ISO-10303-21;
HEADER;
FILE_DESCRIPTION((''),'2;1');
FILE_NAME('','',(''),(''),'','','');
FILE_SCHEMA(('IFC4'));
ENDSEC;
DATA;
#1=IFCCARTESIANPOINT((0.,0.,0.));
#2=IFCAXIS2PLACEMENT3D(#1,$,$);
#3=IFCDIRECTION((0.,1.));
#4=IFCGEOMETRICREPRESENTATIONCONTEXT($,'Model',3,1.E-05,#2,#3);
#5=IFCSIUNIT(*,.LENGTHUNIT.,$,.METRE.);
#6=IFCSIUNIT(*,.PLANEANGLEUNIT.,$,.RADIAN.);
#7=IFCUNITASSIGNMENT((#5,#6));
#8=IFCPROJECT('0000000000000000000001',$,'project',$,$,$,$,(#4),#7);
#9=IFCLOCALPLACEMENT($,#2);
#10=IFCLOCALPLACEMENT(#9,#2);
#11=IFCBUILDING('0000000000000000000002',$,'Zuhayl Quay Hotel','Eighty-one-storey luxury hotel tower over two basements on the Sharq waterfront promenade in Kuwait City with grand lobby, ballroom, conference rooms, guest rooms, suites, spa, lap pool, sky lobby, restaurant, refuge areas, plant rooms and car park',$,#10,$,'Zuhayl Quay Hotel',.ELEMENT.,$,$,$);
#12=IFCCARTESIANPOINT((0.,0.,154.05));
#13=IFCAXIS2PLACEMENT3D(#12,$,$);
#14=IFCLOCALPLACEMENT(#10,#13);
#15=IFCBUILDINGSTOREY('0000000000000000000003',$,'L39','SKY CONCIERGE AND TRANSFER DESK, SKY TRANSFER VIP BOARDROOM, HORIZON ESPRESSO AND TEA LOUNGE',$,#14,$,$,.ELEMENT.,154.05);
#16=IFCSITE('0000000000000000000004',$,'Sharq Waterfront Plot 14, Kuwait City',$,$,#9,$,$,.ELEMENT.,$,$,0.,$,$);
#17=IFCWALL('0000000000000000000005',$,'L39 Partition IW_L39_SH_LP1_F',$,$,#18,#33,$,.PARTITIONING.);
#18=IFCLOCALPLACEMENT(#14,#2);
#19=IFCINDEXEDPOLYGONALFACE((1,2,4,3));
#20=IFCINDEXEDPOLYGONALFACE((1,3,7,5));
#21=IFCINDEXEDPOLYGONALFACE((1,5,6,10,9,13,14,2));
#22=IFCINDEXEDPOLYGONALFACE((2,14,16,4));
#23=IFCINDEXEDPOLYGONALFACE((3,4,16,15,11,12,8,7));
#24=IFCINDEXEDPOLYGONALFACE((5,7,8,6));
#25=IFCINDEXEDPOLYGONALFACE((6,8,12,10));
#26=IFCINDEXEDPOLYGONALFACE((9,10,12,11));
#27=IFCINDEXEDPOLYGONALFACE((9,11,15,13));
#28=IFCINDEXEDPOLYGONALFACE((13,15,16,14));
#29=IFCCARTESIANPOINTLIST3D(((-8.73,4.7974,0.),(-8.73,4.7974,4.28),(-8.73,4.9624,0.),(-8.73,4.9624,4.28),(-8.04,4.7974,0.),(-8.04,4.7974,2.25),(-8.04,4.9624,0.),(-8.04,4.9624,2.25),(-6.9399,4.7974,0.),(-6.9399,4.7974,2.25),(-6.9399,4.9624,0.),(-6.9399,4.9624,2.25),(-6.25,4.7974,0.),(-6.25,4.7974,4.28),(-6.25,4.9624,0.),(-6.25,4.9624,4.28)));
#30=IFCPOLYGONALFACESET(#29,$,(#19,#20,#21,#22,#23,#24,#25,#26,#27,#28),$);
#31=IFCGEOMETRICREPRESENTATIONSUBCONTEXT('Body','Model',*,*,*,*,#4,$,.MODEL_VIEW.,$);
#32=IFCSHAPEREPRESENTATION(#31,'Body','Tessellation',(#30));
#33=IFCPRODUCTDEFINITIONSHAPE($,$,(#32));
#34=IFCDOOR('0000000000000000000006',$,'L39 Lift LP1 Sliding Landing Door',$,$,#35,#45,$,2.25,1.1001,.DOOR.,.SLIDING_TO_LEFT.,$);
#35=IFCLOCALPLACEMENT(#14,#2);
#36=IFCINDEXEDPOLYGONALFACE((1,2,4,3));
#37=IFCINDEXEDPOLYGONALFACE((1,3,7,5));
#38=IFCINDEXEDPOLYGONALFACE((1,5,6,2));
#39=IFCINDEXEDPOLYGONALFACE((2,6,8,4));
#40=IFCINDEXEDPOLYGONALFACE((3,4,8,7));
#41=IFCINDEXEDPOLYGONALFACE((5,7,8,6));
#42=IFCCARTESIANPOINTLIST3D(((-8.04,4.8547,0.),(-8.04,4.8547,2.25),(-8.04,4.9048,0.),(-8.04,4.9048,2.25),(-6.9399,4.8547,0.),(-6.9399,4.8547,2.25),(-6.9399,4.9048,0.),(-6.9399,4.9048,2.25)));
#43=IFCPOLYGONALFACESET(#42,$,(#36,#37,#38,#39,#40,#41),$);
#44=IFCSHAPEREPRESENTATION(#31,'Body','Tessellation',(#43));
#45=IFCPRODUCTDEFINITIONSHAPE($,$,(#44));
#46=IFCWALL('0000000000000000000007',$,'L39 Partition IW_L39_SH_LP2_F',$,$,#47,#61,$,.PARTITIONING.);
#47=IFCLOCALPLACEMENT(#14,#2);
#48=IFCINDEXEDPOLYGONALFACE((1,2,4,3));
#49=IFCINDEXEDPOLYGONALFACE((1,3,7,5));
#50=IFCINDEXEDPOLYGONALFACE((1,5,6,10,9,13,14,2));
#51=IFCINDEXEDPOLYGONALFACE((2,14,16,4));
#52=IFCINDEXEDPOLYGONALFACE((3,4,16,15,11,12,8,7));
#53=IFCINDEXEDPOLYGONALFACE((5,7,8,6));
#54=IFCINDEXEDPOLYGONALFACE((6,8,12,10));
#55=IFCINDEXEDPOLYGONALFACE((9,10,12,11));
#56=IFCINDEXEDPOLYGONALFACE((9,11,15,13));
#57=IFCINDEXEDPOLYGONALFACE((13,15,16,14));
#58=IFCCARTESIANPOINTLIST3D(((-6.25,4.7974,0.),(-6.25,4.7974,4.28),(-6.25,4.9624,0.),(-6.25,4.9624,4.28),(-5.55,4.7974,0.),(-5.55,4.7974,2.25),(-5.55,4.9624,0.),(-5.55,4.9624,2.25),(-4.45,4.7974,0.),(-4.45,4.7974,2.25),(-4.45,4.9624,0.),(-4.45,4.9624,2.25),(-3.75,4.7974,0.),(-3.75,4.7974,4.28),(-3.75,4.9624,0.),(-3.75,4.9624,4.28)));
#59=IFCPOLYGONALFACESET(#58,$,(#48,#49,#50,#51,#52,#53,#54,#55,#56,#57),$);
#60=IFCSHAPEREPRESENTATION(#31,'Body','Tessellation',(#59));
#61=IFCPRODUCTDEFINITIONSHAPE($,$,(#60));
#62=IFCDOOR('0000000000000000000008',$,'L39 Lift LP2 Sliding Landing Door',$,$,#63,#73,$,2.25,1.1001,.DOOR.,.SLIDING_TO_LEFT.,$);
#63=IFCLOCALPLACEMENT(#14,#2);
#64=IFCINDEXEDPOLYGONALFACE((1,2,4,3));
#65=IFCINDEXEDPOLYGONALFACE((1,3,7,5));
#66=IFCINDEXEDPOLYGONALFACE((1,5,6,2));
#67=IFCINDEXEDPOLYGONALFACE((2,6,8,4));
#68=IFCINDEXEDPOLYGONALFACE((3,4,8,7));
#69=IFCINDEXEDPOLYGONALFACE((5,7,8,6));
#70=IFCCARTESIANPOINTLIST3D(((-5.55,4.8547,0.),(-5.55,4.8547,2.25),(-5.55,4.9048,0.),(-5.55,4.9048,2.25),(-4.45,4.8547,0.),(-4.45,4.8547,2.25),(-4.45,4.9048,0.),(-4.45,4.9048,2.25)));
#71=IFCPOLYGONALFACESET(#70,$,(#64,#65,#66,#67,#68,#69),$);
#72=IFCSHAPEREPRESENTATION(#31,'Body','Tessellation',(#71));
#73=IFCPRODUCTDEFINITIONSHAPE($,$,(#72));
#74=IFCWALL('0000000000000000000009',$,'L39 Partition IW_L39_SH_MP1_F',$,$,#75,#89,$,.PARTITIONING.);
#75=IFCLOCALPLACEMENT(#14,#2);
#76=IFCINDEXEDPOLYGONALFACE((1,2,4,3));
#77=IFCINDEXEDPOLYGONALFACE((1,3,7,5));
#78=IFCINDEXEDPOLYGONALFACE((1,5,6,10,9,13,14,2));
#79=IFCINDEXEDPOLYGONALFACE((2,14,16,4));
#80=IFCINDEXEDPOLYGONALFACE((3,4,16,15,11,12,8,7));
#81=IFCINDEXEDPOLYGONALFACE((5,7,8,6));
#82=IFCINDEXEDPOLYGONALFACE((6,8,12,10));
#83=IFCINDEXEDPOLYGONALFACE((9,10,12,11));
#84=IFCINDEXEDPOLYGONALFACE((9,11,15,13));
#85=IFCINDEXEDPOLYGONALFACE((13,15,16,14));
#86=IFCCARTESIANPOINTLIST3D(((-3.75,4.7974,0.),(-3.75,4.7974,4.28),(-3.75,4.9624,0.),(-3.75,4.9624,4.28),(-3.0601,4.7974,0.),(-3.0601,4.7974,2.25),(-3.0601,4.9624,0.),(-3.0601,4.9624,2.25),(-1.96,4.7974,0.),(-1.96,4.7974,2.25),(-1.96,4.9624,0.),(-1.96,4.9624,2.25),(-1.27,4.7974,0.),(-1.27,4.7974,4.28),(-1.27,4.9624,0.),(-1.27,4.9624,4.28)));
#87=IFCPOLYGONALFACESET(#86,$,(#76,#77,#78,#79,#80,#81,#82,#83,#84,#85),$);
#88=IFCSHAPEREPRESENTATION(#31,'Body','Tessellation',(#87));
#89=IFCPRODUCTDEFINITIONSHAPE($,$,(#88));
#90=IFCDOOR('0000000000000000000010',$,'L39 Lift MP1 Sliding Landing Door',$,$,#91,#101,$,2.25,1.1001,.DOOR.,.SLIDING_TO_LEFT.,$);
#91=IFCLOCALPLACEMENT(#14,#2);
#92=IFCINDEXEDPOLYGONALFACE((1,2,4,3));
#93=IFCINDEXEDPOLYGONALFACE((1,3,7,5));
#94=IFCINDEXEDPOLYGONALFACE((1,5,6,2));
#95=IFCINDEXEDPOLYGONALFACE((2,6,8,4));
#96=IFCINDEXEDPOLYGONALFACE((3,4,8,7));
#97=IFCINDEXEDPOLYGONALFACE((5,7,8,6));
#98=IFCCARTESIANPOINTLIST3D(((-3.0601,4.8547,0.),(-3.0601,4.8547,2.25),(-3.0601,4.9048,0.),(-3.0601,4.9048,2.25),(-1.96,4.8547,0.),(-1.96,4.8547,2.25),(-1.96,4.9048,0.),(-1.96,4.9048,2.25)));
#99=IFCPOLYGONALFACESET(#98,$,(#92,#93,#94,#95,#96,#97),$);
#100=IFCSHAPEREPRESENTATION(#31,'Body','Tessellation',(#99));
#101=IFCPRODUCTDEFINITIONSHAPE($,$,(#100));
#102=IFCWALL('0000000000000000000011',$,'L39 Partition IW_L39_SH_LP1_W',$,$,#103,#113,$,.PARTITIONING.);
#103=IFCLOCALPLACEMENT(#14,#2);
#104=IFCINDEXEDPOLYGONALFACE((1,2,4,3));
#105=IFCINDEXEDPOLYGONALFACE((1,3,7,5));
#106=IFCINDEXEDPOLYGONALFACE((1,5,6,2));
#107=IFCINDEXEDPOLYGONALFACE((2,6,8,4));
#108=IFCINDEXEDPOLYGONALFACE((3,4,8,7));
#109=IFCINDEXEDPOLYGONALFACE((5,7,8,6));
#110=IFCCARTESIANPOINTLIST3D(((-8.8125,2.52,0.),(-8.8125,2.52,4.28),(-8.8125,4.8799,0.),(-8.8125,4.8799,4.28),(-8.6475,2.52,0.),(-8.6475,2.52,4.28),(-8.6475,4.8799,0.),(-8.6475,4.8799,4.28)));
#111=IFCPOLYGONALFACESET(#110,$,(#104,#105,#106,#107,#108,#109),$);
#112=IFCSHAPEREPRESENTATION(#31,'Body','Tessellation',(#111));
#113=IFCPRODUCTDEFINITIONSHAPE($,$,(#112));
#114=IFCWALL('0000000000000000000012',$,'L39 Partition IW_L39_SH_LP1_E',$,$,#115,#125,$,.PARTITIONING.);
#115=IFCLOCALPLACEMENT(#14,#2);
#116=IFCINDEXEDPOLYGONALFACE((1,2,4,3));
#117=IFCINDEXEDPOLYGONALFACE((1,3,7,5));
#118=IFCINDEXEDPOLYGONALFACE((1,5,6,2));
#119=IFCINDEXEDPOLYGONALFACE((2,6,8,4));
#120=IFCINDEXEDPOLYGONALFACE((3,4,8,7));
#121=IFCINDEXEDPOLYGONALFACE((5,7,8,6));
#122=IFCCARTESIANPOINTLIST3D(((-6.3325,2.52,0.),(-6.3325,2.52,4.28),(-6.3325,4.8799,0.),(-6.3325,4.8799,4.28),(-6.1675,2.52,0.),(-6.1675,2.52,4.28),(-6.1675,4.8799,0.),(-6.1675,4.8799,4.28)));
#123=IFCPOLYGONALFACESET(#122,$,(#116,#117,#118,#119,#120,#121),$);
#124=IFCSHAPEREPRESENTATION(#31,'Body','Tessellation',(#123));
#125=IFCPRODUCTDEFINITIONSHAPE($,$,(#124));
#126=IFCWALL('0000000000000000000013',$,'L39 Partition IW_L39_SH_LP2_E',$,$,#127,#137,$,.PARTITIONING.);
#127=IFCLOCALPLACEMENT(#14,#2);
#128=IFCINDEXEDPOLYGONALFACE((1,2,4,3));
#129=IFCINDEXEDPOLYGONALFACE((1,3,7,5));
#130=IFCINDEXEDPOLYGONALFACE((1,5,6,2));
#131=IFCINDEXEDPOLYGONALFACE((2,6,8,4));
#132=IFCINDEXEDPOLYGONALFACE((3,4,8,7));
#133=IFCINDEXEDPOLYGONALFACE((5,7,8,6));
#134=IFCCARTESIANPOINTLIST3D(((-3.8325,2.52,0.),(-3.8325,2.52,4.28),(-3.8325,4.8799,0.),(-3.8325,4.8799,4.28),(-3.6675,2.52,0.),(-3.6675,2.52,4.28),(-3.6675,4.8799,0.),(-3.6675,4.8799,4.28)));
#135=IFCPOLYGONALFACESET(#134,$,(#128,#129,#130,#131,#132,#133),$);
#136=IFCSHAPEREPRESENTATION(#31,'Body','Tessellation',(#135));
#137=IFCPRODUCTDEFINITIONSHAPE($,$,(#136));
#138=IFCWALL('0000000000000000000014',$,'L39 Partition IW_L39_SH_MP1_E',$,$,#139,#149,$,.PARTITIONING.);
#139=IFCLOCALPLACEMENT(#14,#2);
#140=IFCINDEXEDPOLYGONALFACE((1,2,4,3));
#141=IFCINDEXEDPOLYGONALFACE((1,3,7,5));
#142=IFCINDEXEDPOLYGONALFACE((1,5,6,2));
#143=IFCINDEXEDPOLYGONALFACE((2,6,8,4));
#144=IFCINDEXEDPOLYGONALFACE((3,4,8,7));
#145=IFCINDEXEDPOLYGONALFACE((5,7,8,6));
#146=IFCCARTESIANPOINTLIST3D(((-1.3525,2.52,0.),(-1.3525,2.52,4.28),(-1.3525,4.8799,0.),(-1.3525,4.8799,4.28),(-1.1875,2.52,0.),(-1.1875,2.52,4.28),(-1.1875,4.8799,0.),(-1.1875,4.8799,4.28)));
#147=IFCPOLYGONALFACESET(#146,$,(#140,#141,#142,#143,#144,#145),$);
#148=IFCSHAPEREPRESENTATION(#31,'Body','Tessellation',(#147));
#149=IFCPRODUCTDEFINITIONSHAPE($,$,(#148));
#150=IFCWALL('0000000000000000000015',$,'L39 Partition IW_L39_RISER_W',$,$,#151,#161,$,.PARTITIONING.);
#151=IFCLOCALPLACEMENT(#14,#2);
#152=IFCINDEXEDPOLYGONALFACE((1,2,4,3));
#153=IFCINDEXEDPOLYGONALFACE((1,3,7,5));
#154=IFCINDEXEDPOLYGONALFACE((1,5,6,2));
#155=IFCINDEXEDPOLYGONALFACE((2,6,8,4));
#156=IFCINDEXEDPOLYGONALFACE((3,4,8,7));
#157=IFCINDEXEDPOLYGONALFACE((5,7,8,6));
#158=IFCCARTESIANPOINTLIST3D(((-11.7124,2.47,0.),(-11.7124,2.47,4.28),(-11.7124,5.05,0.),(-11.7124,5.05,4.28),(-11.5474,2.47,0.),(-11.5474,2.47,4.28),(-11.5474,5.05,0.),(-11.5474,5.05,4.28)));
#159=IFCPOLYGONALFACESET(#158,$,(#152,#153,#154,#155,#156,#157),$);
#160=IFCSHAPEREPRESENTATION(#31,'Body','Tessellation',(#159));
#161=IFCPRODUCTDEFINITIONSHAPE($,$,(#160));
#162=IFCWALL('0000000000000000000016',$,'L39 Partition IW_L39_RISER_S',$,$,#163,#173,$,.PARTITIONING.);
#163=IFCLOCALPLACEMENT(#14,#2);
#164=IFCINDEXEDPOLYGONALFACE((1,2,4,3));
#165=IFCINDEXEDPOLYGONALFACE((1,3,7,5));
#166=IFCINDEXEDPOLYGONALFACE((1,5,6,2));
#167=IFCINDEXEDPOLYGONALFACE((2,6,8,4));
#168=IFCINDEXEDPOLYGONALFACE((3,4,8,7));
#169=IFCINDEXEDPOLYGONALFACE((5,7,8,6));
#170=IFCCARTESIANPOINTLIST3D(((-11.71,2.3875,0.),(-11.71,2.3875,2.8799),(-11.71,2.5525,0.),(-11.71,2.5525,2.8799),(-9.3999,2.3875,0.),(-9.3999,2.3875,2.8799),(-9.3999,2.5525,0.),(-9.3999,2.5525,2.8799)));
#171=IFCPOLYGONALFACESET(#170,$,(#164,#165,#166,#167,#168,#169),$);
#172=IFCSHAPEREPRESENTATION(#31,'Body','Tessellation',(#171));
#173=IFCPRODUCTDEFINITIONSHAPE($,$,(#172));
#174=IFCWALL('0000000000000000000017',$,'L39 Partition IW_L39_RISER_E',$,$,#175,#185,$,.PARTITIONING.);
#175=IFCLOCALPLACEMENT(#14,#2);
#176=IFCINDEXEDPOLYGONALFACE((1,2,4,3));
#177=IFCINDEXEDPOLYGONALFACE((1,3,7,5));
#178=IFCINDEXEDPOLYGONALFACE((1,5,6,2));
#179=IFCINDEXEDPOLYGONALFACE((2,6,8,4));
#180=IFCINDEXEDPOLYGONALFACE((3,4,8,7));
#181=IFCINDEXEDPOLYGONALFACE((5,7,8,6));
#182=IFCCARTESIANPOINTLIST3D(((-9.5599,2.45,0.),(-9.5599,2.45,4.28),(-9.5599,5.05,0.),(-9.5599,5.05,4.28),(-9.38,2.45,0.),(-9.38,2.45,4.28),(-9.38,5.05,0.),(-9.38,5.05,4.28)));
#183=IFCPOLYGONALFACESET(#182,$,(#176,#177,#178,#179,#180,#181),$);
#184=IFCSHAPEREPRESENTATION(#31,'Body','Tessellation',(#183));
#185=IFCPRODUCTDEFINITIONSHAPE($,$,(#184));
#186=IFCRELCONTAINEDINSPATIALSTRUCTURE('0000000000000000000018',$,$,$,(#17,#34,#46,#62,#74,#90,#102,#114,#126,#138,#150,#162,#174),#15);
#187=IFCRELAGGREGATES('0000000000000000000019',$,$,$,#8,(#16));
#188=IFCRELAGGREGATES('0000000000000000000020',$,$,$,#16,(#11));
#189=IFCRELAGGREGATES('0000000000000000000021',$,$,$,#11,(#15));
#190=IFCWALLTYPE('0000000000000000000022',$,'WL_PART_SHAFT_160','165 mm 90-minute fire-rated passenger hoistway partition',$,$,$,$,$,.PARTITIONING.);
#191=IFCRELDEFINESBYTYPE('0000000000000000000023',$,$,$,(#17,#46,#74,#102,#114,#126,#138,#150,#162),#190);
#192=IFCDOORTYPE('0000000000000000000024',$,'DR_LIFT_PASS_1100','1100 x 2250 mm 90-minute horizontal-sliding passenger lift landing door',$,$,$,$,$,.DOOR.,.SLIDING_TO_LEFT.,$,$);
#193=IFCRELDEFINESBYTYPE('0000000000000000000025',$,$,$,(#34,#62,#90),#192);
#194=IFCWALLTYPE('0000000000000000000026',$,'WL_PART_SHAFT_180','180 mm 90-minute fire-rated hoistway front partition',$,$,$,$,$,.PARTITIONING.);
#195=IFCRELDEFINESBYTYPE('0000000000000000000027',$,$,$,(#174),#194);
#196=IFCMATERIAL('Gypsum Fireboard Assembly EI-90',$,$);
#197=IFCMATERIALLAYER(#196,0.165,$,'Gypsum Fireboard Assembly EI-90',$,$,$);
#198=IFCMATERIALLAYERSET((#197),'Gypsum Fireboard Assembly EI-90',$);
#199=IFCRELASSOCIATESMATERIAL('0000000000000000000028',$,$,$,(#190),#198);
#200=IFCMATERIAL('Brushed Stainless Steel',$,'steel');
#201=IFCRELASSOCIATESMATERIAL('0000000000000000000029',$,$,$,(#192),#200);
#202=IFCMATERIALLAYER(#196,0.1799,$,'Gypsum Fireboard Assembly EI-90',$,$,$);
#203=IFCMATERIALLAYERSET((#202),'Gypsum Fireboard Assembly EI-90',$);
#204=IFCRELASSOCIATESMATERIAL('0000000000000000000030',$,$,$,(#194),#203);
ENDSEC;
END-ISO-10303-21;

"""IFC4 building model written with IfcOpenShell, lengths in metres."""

from ifc_helpers import new_model, si_unit, direction, frame, frame_2d, origin, place, context, subcontext, project, spatial, rectangle, extrude, material, layer, layer_set, type_object, element, fill, save


model = new_model("IFC4")

# Units and contexts
model_context = context("Model", 3, precision=1e-05, world=origin(), true_north=direction((0.0, 1.0)))
body_context = subcontext(model_context, "Body", "Model", "MODEL_VIEW")
ifc_project = project(units=[si_unit("LENGTHUNIT", "METRE"), si_unit("PLANEANGLEUNIT", "RADIAN")], contexts=[model_context])

# Site, building, storey
site_placement = place(None, origin())
site = spatial("IfcSite", under=ifc_project, at=site_placement, Name="Sharq Waterfront Plot 14, Kuwait City", CompositionType="ELEMENT", RefElevation=0.0)
building_placement = place(site_placement, origin())
building = spatial("IfcBuilding", under=site, at=building_placement, Name="Zuhayl Quay Hotel", Description="Eighty-one-storey luxury hotel tower over two basements on the Sharq waterfront promenade in Kuwait City with grand lobby, ballroom, conference rooms, guest rooms, suites, spa, lap pool, sky lobby, restaurant, refuge areas, plant rooms and car park", LongName="Zuhayl Quay Hotel", CompositionType="ELEMENT")
storey_placement = place(building_placement, frame((0.0, 0.0, 154.05)))
storey = spatial("IfcBuildingStorey", under=building, at=storey_placement, Name="L39", Description="SKY CONCIERGE AND TRANSFER DESK, SKY TRANSFER VIP BOARDROOM, HORIZON ESPRESSO AND TEA LOUNGE", CompositionType="ELEMENT", Elevation=154.05)

# Walls, openings, doors
ifc_material_1 = material(Name="Gypsum Fireboard Assembly EI-90")
ifc_layer_1 = layer(ifc_material_1, 0.165, Name="Gypsum Fireboard Assembly EI-90")
ifc_layer_set_1 = layer_set([ifc_layer_1], Name="Gypsum Fireboard Assembly EI-90")
wall_type_1 = type_object("IfcWallType", Name="WL_PART_SHAFT_160", Description="165 mm 90-minute fire-rated passenger hoistway partition", PredefinedType="PARTITIONING", material=ifc_layer_set_1)
wall_1_placement = place(storey_placement, frame((-8.73, 4.8799, 0.0), z_axis=(0.0, 0.0, 1.0), x_axis=(1.0, 0.0, 0.0)))
wall_1 = element("IfcWall", 1, at=wall_1_placement, inside=storey, type_object=wall_type_1, Name="L39 Partition IW_L39_SH_LP1_F", PredefinedType="PARTITIONING", context=body_context, shape_type="SweptSolid", body=[
    extrude(rectangle(XDim=2.48, YDim=0.165, at=frame_2d((1.24, 0.0))), origin(), (0.0, 0.0, 1.0), 4.28),
])
opening_1_placement = place(wall_1_placement, frame((0.6899, 0.0, 0.0)))
opening_1 = element("IfcOpeningElement", 2, at=opening_1_placement, cuts=wall_1, PredefinedType="OPENING", context=body_context, shape_type="SweptSolid", body=[
    extrude(rectangle(XDim=1.1001, YDim=2.25, at=frame_2d((0.55, 1.125))), frame((0.0, 0.0925, 0.0), z_axis=(0.0, -1.0, 0.0), x_axis=(1.0, 0.0, 0.0)), (0.0, 0.0, 1.0), 0.1851),
])
ifc_material_2 = material(Name="Brushed Stainless Steel", Category="steel")
door_type_1 = type_object("IfcDoorType", Name="DR_LIFT_PASS_1100", Description="1100 x 2250 mm 90-minute horizontal-sliding passenger lift landing door", OperationType="SLIDING_TO_LEFT", PredefinedType="DOOR", material=ifc_material_2)
door_1_placement = place(opening_1_placement, origin())
door_1 = element("IfcDoor", 3, at=door_1_placement, inside=storey, type_object=door_type_1, Name="L39 Lift LP1 Sliding Landing Door", OperationType="SLIDING_TO_LEFT", OverallHeight=2.25, OverallWidth=1.1001, PredefinedType="DOOR", context=body_context, shape_type="SweptSolid", body=[
    extrude(rectangle(XDim=1.1001, YDim=2.25, at=frame_2d((0.55, 1.125))), frame((0.0, 0.0249, 0.0), z_axis=(0.0, -1.0, 0.0), x_axis=(1.0, 0.0, 0.0)), (0.0, 0.0, 1.0), 0.05),
])
fill(opening_1, door_1)
wall_2_placement = place(storey_placement, frame((-6.25, 4.8799, 0.0), z_axis=(0.0, 0.0, 1.0), x_axis=(1.0, 0.0, 0.0)))
wall_2 = element("IfcWall", 4, at=wall_2_placement, inside=storey, type_object=wall_type_1, Name="L39 Partition IW_L39_SH_LP2_F", PredefinedType="PARTITIONING", context=body_context, shape_type="SweptSolid", body=[
    extrude(rectangle(XDim=2.5, YDim=0.165, at=frame_2d((1.25, 0.0))), origin(), (0.0, 0.0, 1.0), 4.28),
])
opening_2_placement = place(wall_2_placement, frame((0.7, 0.0, 0.0)))
opening_2 = element("IfcOpeningElement", 5, at=opening_2_placement, cuts=wall_2, PredefinedType="OPENING", context=body_context, shape_type="SweptSolid", body=[
    extrude(rectangle(XDim=1.1001, YDim=2.25, at=frame_2d((0.55, 1.125))), frame((0.0, 0.0925, 0.0), z_axis=(0.0, -1.0, 0.0), x_axis=(1.0, 0.0, 0.0)), (0.0, 0.0, 1.0), 0.1851),
])
door_2_placement = place(opening_2_placement, origin())
door_2 = element("IfcDoor", 6, at=door_2_placement, inside=storey, type_object=door_type_1, Name="L39 Lift LP2 Sliding Landing Door", OperationType="SLIDING_TO_LEFT", OverallHeight=2.25, OverallWidth=1.1001, PredefinedType="DOOR", context=body_context, shape_type="SweptSolid", body=[
    extrude(rectangle(XDim=1.1001, YDim=2.25, at=frame_2d((0.55, 1.125))), frame((0.0, 0.0249, 0.0), z_axis=(0.0, -1.0, 0.0), x_axis=(1.0, 0.0, 0.0)), (0.0, 0.0, 1.0), 0.05),
])
fill(opening_2, door_2)
wall_3_placement = place(storey_placement, frame((-3.75, 4.8799, 0.0), z_axis=(0.0, 0.0, 1.0), x_axis=(1.0, 0.0, 0.0)))
wall_3 = element("IfcWall", 7, at=wall_3_placement, inside=storey, type_object=wall_type_1, Name="L39 Partition IW_L39_SH_MP1_F", PredefinedType="PARTITIONING", context=body_context, shape_type="SweptSolid", body=[
    extrude(rectangle(XDim=2.48, YDim=0.165, at=frame_2d((1.24, 0.0))), origin(), (0.0, 0.0, 1.0), 4.28),
])
opening_3_placement = place(wall_3_placement, frame((0.6899, 0.0, 0.0)))
opening_3 = element("IfcOpeningElement", 8, at=opening_3_placement, cuts=wall_3, PredefinedType="OPENING", context=body_context, shape_type="SweptSolid", body=[
    extrude(rectangle(XDim=1.1001, YDim=2.25, at=frame_2d((0.55, 1.125))), frame((0.0, 0.0925, 0.0), z_axis=(0.0, -1.0, 0.0), x_axis=(1.0, 0.0, 0.0)), (0.0, 0.0, 1.0), 0.1851),
])
door_3_placement = place(opening_3_placement, origin())
door_3 = element("IfcDoor", 9, at=door_3_placement, inside=storey, type_object=door_type_1, Name="L39 Lift MP1 Sliding Landing Door", OperationType="SLIDING_TO_LEFT", OverallHeight=2.25, OverallWidth=1.1001, PredefinedType="DOOR", context=body_context, shape_type="SweptSolid", body=[
    extrude(rectangle(XDim=1.1001, YDim=2.25, at=frame_2d((0.55, 1.125))), frame((0.0, 0.0249, 0.0), z_axis=(0.0, -1.0, 0.0), x_axis=(1.0, 0.0, 0.0)), (0.0, 0.0, 1.0), 0.05),
])
fill(opening_3, door_3)

# Walls
for number, where, z_axis, x_axis, name in (
    (10, (-8.73, 2.52, 0.0), (0.0, 0.0, 1.0), (0.0, 1.0, 0.0), "L39 Partition IW_L39_SH_LP1_W"),
    (11, (-6.25, 2.52, 0.0), (0.0, 0.0, 1.0), (0.0, 1.0, 0.0), "L39 Partition IW_L39_SH_LP1_E"),
    (12, (-3.75, 2.52, 0.0), (0.0, 0.0, 1.0), (0.0, 1.0, 0.0), "L39 Partition IW_L39_SH_LP2_E"),
    (13, (-1.27, 2.52, 0.0), (0.0, 0.0, 1.0), (0.0, 1.0, 0.0), "L39 Partition IW_L39_SH_MP1_E"),
):
    element("IfcWall", number, at=place(storey_placement, frame(where, z_axis=z_axis, x_axis=x_axis)), inside=storey, type_object=wall_type_1, Name=name, PredefinedType="PARTITIONING", context=body_context, shape_type="SweptSolid", body=[
        extrude(rectangle(XDim=2.3599, YDim=0.165, at=frame_2d((1.1799, 0.0))), origin(), (0.0, 0.0, 1.0), 4.28),
    ])
wall_4_placement = place(storey_placement, frame((-11.6299, 2.47, 0.0), z_axis=(0.0, 0.0, 1.0), x_axis=(0.0, 1.0, 0.0)))
element("IfcWall", 14, at=wall_4_placement, inside=storey, type_object=wall_type_1, Name="L39 Partition IW_L39_RISER_W", PredefinedType="PARTITIONING", context=body_context, shape_type="SweptSolid", body=[
    extrude(rectangle(XDim=2.5801, YDim=0.165, at=frame_2d((1.29, 0.0))), origin(), (0.0, 0.0, 1.0), 4.28),
])
wall_5_placement = place(storey_placement, frame((-11.71, 2.47, 0.0), z_axis=(0.0, 0.0, 1.0), x_axis=(1.0, 0.0, 0.0)))
element("IfcWall", 15, at=wall_5_placement, inside=storey, type_object=wall_type_1, Name="L39 Partition IW_L39_RISER_S", PredefinedType="PARTITIONING", context=body_context, shape_type="SweptSolid", body=[
    extrude(rectangle(XDim=2.3101, YDim=0.165, at=frame_2d((1.155, 0.0))), origin(), (0.0, 0.0, 1.0), 2.8799),
])
ifc_layer_2 = layer(ifc_material_1, 0.1799, Name="Gypsum Fireboard Assembly EI-90")
ifc_layer_set_2 = layer_set([ifc_layer_2], Name="Gypsum Fireboard Assembly EI-90")
wall_type_2 = type_object("IfcWallType", Name="WL_PART_SHAFT_180", Description="180 mm 90-minute fire-rated hoistway front partition", PredefinedType="PARTITIONING", material=ifc_layer_set_2)
wall_6_placement = place(storey_placement, frame((-9.47, 2.45, 0.0), z_axis=(0.0, 0.0, 1.0), x_axis=(0.0, 1.0, 0.0)))
element("IfcWall", 16, at=wall_6_placement, inside=storey, type_object=wall_type_2, Name="L39 Partition IW_L39_RISER_E", PredefinedType="PARTITIONING", context=body_context, shape_type="SweptSolid", body=[
    extrude(rectangle(XDim=2.6001, YDim=0.1799, at=frame_2d((1.3, 0.0))), origin(), (0.0, 0.0, 1.0), 4.28),
])

save(model, "model.ifc")
